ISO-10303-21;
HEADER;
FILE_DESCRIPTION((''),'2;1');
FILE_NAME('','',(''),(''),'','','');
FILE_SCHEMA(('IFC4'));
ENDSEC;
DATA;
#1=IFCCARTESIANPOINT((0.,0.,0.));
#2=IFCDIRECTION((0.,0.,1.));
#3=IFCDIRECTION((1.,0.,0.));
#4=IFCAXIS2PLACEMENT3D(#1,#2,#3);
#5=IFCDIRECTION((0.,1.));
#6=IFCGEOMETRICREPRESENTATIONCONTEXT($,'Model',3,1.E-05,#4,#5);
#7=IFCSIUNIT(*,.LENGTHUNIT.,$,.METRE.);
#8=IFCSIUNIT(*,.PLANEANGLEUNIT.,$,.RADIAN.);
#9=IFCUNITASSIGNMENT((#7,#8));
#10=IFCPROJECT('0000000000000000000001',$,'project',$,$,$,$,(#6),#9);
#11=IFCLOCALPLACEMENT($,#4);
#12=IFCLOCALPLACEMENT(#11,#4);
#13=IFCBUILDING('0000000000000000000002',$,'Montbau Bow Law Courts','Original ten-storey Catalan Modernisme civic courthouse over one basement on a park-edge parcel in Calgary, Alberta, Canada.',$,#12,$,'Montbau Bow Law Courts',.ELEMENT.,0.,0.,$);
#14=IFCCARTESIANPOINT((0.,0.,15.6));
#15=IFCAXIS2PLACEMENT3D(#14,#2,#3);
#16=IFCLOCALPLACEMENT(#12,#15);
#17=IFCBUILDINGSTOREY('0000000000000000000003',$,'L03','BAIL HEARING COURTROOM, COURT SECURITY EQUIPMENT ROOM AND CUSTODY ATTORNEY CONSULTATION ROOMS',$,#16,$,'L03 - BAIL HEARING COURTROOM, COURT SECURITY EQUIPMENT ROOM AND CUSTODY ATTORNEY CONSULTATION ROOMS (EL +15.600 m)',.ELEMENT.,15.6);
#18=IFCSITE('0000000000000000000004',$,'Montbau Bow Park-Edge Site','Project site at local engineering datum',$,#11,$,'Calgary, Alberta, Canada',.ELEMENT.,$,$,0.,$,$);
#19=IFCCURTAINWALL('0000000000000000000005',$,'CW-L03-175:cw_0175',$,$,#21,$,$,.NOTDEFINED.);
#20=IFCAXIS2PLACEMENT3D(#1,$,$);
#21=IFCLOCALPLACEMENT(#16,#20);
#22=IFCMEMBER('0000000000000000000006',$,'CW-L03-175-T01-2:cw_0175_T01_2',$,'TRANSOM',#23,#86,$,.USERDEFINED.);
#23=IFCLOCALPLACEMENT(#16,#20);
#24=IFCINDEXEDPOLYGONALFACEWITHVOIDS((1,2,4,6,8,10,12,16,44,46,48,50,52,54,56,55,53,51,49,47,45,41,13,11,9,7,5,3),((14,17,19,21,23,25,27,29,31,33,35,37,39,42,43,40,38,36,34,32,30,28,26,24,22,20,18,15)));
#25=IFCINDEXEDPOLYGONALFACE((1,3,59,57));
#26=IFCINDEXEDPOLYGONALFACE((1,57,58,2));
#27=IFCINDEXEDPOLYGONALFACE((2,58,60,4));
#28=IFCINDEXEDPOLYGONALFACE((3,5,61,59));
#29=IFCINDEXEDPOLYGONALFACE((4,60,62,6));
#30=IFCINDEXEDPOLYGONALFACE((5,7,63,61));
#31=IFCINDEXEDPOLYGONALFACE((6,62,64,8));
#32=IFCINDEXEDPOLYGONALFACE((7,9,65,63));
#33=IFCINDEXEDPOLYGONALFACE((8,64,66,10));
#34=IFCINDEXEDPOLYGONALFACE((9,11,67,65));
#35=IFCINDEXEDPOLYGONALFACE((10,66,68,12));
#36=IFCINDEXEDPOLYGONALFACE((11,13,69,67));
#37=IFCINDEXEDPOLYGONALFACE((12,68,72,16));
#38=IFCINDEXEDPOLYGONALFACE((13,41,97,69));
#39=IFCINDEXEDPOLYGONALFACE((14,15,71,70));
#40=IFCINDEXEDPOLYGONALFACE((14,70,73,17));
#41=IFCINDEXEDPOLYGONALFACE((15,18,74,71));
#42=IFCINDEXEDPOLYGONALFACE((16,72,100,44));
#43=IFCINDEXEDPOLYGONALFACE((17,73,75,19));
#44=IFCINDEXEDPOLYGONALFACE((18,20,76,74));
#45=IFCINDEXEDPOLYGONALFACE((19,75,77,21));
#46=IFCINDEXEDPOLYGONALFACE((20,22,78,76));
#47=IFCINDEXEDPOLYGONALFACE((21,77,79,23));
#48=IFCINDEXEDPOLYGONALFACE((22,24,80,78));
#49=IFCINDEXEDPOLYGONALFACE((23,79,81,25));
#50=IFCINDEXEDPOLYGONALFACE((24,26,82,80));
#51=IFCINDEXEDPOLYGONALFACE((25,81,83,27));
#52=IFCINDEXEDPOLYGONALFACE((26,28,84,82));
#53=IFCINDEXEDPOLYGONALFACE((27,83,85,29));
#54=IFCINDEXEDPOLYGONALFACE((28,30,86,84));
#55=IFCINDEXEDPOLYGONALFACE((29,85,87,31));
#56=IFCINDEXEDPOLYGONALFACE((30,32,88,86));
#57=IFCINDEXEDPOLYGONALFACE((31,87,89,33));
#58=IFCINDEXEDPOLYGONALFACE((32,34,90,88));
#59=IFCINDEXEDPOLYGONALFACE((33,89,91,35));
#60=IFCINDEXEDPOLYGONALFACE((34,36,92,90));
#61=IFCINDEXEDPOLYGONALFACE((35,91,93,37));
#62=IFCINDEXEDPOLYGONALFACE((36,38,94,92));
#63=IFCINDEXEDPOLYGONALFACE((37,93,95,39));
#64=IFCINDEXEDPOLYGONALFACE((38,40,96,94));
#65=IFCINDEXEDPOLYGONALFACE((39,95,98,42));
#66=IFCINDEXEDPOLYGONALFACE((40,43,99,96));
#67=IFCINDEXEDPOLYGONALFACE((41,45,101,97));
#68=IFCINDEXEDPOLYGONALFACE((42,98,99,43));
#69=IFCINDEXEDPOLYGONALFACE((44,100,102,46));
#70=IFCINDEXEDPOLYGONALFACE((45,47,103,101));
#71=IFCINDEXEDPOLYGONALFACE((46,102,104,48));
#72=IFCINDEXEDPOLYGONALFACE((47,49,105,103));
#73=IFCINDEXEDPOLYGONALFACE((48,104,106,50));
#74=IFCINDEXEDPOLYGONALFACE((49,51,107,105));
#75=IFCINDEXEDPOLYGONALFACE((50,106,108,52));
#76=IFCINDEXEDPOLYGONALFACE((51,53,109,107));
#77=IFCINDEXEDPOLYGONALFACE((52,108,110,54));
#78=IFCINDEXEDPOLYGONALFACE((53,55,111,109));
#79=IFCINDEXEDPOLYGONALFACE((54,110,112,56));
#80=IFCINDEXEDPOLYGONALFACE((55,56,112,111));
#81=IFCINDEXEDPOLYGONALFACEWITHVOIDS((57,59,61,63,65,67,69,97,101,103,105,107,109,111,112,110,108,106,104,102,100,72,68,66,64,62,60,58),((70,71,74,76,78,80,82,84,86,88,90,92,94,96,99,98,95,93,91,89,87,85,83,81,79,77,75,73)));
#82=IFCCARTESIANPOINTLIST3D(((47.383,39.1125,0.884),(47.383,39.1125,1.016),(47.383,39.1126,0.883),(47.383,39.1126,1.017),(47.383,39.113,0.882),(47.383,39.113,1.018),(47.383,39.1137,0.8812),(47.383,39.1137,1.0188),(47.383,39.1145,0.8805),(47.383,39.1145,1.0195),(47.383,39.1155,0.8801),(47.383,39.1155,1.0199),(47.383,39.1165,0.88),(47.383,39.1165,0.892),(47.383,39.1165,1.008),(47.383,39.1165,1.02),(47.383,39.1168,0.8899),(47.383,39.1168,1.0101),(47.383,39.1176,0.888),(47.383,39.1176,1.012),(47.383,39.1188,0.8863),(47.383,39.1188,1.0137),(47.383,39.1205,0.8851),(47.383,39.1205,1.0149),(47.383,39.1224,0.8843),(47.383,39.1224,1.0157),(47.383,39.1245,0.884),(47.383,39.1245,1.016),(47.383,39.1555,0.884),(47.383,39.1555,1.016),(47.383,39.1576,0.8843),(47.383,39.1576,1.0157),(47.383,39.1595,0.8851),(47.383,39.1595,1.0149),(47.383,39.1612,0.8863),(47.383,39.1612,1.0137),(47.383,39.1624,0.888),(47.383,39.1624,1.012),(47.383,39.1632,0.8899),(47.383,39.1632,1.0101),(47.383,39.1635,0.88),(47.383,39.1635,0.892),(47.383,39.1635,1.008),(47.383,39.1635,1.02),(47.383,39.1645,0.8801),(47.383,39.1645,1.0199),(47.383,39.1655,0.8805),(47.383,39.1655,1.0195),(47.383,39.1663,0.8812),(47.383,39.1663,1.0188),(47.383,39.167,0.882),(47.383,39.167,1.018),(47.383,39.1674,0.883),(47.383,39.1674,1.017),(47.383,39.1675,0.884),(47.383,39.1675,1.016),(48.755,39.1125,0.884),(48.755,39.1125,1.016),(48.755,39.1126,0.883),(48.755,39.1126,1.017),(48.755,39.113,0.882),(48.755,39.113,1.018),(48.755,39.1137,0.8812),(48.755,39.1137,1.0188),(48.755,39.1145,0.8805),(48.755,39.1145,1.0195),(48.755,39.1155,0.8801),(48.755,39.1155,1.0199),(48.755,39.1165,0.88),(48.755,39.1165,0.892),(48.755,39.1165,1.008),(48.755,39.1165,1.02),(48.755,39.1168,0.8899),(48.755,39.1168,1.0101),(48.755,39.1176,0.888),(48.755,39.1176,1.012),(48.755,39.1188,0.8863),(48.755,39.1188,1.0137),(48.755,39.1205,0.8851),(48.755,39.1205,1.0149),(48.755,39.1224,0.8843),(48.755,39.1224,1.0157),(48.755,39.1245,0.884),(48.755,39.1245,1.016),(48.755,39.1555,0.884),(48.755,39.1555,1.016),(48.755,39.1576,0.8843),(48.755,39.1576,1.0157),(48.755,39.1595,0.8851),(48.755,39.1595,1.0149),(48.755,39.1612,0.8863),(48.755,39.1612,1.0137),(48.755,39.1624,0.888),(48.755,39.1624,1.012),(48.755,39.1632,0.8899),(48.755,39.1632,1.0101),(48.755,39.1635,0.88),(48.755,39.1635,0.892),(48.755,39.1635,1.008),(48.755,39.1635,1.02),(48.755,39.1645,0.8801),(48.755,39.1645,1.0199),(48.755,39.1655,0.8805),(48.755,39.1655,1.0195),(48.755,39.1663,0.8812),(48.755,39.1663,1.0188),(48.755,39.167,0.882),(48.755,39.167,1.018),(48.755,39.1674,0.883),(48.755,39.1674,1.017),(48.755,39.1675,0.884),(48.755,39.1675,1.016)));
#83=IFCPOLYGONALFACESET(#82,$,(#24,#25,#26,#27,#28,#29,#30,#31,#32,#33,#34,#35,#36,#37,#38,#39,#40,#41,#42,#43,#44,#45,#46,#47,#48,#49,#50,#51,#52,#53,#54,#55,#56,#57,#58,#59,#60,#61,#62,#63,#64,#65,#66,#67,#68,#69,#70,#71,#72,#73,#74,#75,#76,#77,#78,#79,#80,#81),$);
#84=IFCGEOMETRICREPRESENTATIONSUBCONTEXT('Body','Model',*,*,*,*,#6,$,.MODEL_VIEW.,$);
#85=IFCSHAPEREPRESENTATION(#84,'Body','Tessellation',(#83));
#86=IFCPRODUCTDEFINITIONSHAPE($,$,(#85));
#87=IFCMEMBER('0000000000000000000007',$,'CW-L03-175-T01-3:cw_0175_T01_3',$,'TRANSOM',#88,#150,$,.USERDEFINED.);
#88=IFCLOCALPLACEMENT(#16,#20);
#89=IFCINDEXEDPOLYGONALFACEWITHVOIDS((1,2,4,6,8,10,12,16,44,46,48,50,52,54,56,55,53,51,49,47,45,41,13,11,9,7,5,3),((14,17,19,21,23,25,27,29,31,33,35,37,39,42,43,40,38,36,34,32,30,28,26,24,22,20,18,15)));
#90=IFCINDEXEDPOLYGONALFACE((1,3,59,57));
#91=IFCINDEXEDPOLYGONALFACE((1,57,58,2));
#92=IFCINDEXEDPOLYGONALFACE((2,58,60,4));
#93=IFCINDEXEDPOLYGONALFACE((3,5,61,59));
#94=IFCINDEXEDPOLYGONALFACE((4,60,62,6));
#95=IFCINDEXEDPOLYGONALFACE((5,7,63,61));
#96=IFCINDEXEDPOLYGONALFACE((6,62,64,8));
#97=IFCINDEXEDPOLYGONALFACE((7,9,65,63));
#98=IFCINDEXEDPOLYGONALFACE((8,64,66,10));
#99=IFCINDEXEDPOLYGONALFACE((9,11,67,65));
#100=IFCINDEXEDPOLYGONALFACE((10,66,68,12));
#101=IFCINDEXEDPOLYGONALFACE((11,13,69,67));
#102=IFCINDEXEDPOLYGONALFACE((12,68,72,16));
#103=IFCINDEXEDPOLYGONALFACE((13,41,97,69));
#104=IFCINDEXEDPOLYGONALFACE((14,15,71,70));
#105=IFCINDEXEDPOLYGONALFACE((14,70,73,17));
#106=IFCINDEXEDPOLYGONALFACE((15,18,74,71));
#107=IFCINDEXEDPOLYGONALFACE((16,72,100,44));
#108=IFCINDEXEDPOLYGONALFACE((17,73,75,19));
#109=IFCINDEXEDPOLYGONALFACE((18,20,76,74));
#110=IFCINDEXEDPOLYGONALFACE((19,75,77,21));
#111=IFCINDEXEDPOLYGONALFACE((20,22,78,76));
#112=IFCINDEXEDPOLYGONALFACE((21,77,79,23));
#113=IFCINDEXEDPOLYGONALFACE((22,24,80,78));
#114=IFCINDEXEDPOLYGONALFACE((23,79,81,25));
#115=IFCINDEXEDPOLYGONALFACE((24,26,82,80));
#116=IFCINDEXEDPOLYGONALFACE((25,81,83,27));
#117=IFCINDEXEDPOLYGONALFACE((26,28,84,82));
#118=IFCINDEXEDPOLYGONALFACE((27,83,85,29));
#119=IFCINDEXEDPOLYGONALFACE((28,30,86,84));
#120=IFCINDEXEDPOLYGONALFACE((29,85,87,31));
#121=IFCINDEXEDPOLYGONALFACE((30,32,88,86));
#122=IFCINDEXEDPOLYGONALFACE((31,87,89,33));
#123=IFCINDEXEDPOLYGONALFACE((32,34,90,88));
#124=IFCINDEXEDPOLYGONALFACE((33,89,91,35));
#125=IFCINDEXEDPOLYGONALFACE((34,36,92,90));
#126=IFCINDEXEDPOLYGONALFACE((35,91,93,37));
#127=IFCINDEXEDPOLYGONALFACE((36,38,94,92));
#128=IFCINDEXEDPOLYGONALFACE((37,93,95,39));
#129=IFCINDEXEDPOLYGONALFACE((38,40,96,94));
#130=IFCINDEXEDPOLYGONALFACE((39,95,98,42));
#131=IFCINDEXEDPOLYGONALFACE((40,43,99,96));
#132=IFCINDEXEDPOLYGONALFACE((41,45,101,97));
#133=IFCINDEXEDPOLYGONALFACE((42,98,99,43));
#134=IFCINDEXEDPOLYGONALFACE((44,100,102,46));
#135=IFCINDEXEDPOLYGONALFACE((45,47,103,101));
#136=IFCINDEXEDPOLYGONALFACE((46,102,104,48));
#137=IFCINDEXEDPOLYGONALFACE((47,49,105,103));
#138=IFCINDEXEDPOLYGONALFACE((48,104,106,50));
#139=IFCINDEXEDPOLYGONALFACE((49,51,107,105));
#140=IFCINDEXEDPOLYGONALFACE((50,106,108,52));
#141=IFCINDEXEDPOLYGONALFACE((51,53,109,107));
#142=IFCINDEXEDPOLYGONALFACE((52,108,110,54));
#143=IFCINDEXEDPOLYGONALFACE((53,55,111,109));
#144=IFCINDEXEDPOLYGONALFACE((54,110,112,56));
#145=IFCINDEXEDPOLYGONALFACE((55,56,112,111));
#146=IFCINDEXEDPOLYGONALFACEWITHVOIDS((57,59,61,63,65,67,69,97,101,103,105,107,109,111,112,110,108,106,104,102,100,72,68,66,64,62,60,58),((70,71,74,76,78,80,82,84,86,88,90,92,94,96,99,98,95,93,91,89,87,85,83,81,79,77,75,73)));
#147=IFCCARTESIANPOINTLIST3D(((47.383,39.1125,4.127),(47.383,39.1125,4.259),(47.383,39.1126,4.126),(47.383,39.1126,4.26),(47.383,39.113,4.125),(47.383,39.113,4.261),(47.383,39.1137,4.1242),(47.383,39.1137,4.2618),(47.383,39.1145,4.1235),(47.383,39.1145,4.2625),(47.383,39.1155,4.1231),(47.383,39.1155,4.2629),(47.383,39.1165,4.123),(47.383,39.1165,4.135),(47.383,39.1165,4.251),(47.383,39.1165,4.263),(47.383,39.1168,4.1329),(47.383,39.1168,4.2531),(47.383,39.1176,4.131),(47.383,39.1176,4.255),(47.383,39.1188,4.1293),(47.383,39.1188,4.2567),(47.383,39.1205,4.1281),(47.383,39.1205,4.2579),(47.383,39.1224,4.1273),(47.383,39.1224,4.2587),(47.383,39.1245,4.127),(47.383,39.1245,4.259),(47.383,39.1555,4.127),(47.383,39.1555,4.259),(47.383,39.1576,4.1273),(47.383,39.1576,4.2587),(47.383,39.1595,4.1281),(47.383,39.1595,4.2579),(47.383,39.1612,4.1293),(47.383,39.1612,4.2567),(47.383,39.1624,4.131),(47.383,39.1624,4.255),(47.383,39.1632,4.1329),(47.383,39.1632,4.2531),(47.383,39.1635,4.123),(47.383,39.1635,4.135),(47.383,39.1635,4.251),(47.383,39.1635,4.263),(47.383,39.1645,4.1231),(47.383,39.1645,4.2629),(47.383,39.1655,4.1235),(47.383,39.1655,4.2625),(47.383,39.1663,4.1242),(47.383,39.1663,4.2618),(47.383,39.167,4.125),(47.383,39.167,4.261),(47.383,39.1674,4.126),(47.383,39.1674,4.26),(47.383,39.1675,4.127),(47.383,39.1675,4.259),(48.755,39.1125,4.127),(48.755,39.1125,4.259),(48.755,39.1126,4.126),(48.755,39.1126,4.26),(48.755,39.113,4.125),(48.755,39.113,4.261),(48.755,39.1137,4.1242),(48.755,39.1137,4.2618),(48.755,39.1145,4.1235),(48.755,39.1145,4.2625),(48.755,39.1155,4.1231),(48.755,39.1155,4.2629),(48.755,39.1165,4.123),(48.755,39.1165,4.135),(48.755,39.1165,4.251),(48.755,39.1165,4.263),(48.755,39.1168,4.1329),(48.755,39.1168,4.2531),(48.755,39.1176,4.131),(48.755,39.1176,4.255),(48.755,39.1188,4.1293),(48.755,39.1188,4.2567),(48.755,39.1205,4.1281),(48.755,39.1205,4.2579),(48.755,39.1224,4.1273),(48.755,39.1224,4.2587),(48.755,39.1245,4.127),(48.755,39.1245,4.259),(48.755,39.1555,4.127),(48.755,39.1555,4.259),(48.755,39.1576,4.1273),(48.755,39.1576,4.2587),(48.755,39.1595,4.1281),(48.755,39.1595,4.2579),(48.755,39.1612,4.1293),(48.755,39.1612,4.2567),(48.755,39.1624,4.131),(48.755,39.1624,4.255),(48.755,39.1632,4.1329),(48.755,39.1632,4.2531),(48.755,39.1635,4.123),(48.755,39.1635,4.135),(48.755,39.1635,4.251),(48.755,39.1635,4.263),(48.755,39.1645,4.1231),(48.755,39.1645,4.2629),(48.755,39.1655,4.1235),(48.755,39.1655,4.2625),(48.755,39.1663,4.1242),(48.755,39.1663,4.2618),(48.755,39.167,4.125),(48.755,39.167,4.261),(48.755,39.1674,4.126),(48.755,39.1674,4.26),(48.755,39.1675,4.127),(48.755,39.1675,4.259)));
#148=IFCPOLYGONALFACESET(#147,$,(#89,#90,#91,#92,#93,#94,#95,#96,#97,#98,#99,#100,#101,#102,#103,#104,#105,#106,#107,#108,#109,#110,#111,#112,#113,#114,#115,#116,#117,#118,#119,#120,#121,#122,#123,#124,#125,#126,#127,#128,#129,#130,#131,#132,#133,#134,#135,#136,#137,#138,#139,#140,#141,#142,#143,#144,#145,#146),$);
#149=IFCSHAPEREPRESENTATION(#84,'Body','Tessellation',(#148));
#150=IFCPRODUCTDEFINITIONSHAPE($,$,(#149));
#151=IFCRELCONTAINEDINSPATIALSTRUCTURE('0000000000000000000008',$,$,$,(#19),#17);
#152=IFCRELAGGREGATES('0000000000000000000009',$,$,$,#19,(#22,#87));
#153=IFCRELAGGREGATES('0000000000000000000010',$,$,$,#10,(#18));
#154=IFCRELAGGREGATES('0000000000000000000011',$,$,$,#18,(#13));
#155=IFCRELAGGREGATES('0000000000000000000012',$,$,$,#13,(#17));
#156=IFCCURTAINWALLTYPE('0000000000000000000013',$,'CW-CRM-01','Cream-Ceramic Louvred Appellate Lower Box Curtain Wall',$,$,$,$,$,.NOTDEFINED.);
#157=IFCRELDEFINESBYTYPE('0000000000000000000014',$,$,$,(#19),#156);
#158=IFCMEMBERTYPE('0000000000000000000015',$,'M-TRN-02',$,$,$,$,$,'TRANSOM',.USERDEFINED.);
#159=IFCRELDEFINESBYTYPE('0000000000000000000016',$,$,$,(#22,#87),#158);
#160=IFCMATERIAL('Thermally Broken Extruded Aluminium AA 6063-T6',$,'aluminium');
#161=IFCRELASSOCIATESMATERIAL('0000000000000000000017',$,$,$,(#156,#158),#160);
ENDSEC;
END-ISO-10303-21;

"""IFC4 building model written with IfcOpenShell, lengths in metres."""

from ifc_helpers import new_model, si_unit, direction, frame, origin_with_axes, origin_2d_with_axis, place, context, subcontext, project, spatial, hollow_rectangle, extrude, material, material_profile, profile_set, type_object, element, aggregate, save


model = new_model("IFC4")

# Units and contexts
model_context = context("Model", 3, precision=1e-05, world=origin_with_axes(), true_north=direction((0.0, 1.0)))
body_context = subcontext(model_context, "Body", "Model", "MODEL_VIEW")
ifc_project = project(units=[si_unit("LENGTHUNIT", "METRE"), si_unit("PLANEANGLEUNIT", "RADIAN")], contexts=[model_context])

# Site, building, storey
site_placement = place(None, origin_with_axes())
site = spatial("IfcSite", under=ifc_project, at=site_placement, Name="Montbau Bow Park-Edge Site", Description="Project site at local engineering datum", LongName="Calgary, Alberta, Canada", CompositionType="ELEMENT", RefElevation=0.0)
building_placement = place(site_placement, origin_with_axes())
building = spatial("IfcBuilding", under=site, at=building_placement, Name="Montbau Bow Law Courts", Description="Original ten-storey Catalan Modernisme civic courthouse over one basement on a park-edge parcel in Calgary, Alberta, Canada.", LongName="Montbau Bow Law Courts", CompositionType="ELEMENT", ElevationOfRefHeight=0.0, ElevationOfTerrain=0.0)
storey_placement = place(building_placement, frame((0.0, 0.0, 15.6), z_axis=(0.0, 0.0, 1.0), x_axis=(1.0, 0.0, 0.0)))
storey = spatial("IfcBuildingStorey", under=building, at=storey_placement, Name="L03", Description="BAIL HEARING COURTROOM, COURT SECURITY EQUIPMENT ROOM AND CUSTODY ATTORNEY CONSULTATION ROOMS", LongName="L03 - BAIL HEARING COURTROOM, COURT SECURITY EQUIPMENT ROOM AND CUSTODY ATTORNEY CONSULTATION ROOMS (EL +15.600 m)", CompositionType="ELEMENT", Elevation=15.6)

# Curtain wall, members
ifc_material_1 = material(Name="Thermally Broken Extruded Aluminium AA 6063-T6", Category="aluminium")
curtain_wall_type_1 = type_object("IfcCurtainWallType", Name="CW-CRM-01", Description="Cream-Ceramic Louvred Appellate Lower Box Curtain Wall", PredefinedType="NOTDEFINED", material=ifc_material_1)
curtain_wall_1_placement = place(None, frame((47.315, 39.14, 15.6), z_axis=(0.0, 0.0, 1.0), x_axis=(1.0, 0.0, 0.0)))
curtain_wall_1 = element("IfcCurtainWall", 1, at=curtain_wall_1_placement, inside=storey, type_object=curtain_wall_type_1, Name="CW-L03-175:cw_0175", PredefinedType="NOTDEFINED")
ifc_material_profile_1 = material_profile(ifc_material_1, hollow_rectangle(XDim=0.055, YDim=0.14, WallThickness=0.004, InnerFilletRadius=0.008, OuterFilletRadius=0.004, at=origin_2d_with_axis()), Name="CWT-140X55", Category="Main", Priority=0)
ifc_profile_set_1 = profile_set([ifc_material_profile_1], Name="Thermally Broken Extruded Aluminium AA 6063-T6")
member_type_1 = type_object("IfcMemberType", Name="M-TRN-02", ElementType="TRANSOM", PredefinedType="USERDEFINED", material=ifc_profile_set_1)
member_1_placement = place(None, frame((47.383, 39.14, 16.55), z_axis=(1.0, 0.0, 0.0), x_axis=(0.0, 1.0, 0.0)))
member_1 = element("IfcMember", 2, at=member_1_placement, type_object=member_type_1, Name="CW-L03-175-T01-2:cw_0175_T01_2", ObjectType="TRANSOM", PredefinedType="USERDEFINED", context=body_context, shape_type="SweptSolid", body=[
    extrude(hollow_rectangle(XDim=0.055, YDim=0.14, WallThickness=0.004, InnerFilletRadius=0.008, OuterFilletRadius=0.004, at=origin_2d_with_axis()), origin_with_axes(), (0.0, 0.0, 1.0), 1.372),
])
member_2_placement = place(None, frame((47.383, 39.14, 19.793), z_axis=(1.0, 0.0, 0.0), x_axis=(0.0, 1.0, 0.0)))
member_2 = element("IfcMember", 3, at=member_2_placement, type_object=member_type_1, Name="CW-L03-175-T01-3:cw_0175_T01_3", ObjectType="TRANSOM", PredefinedType="USERDEFINED", context=body_context, shape_type="SweptSolid", body=[
    extrude(hollow_rectangle(XDim=0.055, YDim=0.14, WallThickness=0.004, InnerFilletRadius=0.008, OuterFilletRadius=0.004, at=origin_2d_with_axis()), origin_with_axes(), (0.0, 0.0, 1.0), 1.372),
])

aggregate(curtain_wall_1, [member_1, member_2])

save(model, "model.ifc")
